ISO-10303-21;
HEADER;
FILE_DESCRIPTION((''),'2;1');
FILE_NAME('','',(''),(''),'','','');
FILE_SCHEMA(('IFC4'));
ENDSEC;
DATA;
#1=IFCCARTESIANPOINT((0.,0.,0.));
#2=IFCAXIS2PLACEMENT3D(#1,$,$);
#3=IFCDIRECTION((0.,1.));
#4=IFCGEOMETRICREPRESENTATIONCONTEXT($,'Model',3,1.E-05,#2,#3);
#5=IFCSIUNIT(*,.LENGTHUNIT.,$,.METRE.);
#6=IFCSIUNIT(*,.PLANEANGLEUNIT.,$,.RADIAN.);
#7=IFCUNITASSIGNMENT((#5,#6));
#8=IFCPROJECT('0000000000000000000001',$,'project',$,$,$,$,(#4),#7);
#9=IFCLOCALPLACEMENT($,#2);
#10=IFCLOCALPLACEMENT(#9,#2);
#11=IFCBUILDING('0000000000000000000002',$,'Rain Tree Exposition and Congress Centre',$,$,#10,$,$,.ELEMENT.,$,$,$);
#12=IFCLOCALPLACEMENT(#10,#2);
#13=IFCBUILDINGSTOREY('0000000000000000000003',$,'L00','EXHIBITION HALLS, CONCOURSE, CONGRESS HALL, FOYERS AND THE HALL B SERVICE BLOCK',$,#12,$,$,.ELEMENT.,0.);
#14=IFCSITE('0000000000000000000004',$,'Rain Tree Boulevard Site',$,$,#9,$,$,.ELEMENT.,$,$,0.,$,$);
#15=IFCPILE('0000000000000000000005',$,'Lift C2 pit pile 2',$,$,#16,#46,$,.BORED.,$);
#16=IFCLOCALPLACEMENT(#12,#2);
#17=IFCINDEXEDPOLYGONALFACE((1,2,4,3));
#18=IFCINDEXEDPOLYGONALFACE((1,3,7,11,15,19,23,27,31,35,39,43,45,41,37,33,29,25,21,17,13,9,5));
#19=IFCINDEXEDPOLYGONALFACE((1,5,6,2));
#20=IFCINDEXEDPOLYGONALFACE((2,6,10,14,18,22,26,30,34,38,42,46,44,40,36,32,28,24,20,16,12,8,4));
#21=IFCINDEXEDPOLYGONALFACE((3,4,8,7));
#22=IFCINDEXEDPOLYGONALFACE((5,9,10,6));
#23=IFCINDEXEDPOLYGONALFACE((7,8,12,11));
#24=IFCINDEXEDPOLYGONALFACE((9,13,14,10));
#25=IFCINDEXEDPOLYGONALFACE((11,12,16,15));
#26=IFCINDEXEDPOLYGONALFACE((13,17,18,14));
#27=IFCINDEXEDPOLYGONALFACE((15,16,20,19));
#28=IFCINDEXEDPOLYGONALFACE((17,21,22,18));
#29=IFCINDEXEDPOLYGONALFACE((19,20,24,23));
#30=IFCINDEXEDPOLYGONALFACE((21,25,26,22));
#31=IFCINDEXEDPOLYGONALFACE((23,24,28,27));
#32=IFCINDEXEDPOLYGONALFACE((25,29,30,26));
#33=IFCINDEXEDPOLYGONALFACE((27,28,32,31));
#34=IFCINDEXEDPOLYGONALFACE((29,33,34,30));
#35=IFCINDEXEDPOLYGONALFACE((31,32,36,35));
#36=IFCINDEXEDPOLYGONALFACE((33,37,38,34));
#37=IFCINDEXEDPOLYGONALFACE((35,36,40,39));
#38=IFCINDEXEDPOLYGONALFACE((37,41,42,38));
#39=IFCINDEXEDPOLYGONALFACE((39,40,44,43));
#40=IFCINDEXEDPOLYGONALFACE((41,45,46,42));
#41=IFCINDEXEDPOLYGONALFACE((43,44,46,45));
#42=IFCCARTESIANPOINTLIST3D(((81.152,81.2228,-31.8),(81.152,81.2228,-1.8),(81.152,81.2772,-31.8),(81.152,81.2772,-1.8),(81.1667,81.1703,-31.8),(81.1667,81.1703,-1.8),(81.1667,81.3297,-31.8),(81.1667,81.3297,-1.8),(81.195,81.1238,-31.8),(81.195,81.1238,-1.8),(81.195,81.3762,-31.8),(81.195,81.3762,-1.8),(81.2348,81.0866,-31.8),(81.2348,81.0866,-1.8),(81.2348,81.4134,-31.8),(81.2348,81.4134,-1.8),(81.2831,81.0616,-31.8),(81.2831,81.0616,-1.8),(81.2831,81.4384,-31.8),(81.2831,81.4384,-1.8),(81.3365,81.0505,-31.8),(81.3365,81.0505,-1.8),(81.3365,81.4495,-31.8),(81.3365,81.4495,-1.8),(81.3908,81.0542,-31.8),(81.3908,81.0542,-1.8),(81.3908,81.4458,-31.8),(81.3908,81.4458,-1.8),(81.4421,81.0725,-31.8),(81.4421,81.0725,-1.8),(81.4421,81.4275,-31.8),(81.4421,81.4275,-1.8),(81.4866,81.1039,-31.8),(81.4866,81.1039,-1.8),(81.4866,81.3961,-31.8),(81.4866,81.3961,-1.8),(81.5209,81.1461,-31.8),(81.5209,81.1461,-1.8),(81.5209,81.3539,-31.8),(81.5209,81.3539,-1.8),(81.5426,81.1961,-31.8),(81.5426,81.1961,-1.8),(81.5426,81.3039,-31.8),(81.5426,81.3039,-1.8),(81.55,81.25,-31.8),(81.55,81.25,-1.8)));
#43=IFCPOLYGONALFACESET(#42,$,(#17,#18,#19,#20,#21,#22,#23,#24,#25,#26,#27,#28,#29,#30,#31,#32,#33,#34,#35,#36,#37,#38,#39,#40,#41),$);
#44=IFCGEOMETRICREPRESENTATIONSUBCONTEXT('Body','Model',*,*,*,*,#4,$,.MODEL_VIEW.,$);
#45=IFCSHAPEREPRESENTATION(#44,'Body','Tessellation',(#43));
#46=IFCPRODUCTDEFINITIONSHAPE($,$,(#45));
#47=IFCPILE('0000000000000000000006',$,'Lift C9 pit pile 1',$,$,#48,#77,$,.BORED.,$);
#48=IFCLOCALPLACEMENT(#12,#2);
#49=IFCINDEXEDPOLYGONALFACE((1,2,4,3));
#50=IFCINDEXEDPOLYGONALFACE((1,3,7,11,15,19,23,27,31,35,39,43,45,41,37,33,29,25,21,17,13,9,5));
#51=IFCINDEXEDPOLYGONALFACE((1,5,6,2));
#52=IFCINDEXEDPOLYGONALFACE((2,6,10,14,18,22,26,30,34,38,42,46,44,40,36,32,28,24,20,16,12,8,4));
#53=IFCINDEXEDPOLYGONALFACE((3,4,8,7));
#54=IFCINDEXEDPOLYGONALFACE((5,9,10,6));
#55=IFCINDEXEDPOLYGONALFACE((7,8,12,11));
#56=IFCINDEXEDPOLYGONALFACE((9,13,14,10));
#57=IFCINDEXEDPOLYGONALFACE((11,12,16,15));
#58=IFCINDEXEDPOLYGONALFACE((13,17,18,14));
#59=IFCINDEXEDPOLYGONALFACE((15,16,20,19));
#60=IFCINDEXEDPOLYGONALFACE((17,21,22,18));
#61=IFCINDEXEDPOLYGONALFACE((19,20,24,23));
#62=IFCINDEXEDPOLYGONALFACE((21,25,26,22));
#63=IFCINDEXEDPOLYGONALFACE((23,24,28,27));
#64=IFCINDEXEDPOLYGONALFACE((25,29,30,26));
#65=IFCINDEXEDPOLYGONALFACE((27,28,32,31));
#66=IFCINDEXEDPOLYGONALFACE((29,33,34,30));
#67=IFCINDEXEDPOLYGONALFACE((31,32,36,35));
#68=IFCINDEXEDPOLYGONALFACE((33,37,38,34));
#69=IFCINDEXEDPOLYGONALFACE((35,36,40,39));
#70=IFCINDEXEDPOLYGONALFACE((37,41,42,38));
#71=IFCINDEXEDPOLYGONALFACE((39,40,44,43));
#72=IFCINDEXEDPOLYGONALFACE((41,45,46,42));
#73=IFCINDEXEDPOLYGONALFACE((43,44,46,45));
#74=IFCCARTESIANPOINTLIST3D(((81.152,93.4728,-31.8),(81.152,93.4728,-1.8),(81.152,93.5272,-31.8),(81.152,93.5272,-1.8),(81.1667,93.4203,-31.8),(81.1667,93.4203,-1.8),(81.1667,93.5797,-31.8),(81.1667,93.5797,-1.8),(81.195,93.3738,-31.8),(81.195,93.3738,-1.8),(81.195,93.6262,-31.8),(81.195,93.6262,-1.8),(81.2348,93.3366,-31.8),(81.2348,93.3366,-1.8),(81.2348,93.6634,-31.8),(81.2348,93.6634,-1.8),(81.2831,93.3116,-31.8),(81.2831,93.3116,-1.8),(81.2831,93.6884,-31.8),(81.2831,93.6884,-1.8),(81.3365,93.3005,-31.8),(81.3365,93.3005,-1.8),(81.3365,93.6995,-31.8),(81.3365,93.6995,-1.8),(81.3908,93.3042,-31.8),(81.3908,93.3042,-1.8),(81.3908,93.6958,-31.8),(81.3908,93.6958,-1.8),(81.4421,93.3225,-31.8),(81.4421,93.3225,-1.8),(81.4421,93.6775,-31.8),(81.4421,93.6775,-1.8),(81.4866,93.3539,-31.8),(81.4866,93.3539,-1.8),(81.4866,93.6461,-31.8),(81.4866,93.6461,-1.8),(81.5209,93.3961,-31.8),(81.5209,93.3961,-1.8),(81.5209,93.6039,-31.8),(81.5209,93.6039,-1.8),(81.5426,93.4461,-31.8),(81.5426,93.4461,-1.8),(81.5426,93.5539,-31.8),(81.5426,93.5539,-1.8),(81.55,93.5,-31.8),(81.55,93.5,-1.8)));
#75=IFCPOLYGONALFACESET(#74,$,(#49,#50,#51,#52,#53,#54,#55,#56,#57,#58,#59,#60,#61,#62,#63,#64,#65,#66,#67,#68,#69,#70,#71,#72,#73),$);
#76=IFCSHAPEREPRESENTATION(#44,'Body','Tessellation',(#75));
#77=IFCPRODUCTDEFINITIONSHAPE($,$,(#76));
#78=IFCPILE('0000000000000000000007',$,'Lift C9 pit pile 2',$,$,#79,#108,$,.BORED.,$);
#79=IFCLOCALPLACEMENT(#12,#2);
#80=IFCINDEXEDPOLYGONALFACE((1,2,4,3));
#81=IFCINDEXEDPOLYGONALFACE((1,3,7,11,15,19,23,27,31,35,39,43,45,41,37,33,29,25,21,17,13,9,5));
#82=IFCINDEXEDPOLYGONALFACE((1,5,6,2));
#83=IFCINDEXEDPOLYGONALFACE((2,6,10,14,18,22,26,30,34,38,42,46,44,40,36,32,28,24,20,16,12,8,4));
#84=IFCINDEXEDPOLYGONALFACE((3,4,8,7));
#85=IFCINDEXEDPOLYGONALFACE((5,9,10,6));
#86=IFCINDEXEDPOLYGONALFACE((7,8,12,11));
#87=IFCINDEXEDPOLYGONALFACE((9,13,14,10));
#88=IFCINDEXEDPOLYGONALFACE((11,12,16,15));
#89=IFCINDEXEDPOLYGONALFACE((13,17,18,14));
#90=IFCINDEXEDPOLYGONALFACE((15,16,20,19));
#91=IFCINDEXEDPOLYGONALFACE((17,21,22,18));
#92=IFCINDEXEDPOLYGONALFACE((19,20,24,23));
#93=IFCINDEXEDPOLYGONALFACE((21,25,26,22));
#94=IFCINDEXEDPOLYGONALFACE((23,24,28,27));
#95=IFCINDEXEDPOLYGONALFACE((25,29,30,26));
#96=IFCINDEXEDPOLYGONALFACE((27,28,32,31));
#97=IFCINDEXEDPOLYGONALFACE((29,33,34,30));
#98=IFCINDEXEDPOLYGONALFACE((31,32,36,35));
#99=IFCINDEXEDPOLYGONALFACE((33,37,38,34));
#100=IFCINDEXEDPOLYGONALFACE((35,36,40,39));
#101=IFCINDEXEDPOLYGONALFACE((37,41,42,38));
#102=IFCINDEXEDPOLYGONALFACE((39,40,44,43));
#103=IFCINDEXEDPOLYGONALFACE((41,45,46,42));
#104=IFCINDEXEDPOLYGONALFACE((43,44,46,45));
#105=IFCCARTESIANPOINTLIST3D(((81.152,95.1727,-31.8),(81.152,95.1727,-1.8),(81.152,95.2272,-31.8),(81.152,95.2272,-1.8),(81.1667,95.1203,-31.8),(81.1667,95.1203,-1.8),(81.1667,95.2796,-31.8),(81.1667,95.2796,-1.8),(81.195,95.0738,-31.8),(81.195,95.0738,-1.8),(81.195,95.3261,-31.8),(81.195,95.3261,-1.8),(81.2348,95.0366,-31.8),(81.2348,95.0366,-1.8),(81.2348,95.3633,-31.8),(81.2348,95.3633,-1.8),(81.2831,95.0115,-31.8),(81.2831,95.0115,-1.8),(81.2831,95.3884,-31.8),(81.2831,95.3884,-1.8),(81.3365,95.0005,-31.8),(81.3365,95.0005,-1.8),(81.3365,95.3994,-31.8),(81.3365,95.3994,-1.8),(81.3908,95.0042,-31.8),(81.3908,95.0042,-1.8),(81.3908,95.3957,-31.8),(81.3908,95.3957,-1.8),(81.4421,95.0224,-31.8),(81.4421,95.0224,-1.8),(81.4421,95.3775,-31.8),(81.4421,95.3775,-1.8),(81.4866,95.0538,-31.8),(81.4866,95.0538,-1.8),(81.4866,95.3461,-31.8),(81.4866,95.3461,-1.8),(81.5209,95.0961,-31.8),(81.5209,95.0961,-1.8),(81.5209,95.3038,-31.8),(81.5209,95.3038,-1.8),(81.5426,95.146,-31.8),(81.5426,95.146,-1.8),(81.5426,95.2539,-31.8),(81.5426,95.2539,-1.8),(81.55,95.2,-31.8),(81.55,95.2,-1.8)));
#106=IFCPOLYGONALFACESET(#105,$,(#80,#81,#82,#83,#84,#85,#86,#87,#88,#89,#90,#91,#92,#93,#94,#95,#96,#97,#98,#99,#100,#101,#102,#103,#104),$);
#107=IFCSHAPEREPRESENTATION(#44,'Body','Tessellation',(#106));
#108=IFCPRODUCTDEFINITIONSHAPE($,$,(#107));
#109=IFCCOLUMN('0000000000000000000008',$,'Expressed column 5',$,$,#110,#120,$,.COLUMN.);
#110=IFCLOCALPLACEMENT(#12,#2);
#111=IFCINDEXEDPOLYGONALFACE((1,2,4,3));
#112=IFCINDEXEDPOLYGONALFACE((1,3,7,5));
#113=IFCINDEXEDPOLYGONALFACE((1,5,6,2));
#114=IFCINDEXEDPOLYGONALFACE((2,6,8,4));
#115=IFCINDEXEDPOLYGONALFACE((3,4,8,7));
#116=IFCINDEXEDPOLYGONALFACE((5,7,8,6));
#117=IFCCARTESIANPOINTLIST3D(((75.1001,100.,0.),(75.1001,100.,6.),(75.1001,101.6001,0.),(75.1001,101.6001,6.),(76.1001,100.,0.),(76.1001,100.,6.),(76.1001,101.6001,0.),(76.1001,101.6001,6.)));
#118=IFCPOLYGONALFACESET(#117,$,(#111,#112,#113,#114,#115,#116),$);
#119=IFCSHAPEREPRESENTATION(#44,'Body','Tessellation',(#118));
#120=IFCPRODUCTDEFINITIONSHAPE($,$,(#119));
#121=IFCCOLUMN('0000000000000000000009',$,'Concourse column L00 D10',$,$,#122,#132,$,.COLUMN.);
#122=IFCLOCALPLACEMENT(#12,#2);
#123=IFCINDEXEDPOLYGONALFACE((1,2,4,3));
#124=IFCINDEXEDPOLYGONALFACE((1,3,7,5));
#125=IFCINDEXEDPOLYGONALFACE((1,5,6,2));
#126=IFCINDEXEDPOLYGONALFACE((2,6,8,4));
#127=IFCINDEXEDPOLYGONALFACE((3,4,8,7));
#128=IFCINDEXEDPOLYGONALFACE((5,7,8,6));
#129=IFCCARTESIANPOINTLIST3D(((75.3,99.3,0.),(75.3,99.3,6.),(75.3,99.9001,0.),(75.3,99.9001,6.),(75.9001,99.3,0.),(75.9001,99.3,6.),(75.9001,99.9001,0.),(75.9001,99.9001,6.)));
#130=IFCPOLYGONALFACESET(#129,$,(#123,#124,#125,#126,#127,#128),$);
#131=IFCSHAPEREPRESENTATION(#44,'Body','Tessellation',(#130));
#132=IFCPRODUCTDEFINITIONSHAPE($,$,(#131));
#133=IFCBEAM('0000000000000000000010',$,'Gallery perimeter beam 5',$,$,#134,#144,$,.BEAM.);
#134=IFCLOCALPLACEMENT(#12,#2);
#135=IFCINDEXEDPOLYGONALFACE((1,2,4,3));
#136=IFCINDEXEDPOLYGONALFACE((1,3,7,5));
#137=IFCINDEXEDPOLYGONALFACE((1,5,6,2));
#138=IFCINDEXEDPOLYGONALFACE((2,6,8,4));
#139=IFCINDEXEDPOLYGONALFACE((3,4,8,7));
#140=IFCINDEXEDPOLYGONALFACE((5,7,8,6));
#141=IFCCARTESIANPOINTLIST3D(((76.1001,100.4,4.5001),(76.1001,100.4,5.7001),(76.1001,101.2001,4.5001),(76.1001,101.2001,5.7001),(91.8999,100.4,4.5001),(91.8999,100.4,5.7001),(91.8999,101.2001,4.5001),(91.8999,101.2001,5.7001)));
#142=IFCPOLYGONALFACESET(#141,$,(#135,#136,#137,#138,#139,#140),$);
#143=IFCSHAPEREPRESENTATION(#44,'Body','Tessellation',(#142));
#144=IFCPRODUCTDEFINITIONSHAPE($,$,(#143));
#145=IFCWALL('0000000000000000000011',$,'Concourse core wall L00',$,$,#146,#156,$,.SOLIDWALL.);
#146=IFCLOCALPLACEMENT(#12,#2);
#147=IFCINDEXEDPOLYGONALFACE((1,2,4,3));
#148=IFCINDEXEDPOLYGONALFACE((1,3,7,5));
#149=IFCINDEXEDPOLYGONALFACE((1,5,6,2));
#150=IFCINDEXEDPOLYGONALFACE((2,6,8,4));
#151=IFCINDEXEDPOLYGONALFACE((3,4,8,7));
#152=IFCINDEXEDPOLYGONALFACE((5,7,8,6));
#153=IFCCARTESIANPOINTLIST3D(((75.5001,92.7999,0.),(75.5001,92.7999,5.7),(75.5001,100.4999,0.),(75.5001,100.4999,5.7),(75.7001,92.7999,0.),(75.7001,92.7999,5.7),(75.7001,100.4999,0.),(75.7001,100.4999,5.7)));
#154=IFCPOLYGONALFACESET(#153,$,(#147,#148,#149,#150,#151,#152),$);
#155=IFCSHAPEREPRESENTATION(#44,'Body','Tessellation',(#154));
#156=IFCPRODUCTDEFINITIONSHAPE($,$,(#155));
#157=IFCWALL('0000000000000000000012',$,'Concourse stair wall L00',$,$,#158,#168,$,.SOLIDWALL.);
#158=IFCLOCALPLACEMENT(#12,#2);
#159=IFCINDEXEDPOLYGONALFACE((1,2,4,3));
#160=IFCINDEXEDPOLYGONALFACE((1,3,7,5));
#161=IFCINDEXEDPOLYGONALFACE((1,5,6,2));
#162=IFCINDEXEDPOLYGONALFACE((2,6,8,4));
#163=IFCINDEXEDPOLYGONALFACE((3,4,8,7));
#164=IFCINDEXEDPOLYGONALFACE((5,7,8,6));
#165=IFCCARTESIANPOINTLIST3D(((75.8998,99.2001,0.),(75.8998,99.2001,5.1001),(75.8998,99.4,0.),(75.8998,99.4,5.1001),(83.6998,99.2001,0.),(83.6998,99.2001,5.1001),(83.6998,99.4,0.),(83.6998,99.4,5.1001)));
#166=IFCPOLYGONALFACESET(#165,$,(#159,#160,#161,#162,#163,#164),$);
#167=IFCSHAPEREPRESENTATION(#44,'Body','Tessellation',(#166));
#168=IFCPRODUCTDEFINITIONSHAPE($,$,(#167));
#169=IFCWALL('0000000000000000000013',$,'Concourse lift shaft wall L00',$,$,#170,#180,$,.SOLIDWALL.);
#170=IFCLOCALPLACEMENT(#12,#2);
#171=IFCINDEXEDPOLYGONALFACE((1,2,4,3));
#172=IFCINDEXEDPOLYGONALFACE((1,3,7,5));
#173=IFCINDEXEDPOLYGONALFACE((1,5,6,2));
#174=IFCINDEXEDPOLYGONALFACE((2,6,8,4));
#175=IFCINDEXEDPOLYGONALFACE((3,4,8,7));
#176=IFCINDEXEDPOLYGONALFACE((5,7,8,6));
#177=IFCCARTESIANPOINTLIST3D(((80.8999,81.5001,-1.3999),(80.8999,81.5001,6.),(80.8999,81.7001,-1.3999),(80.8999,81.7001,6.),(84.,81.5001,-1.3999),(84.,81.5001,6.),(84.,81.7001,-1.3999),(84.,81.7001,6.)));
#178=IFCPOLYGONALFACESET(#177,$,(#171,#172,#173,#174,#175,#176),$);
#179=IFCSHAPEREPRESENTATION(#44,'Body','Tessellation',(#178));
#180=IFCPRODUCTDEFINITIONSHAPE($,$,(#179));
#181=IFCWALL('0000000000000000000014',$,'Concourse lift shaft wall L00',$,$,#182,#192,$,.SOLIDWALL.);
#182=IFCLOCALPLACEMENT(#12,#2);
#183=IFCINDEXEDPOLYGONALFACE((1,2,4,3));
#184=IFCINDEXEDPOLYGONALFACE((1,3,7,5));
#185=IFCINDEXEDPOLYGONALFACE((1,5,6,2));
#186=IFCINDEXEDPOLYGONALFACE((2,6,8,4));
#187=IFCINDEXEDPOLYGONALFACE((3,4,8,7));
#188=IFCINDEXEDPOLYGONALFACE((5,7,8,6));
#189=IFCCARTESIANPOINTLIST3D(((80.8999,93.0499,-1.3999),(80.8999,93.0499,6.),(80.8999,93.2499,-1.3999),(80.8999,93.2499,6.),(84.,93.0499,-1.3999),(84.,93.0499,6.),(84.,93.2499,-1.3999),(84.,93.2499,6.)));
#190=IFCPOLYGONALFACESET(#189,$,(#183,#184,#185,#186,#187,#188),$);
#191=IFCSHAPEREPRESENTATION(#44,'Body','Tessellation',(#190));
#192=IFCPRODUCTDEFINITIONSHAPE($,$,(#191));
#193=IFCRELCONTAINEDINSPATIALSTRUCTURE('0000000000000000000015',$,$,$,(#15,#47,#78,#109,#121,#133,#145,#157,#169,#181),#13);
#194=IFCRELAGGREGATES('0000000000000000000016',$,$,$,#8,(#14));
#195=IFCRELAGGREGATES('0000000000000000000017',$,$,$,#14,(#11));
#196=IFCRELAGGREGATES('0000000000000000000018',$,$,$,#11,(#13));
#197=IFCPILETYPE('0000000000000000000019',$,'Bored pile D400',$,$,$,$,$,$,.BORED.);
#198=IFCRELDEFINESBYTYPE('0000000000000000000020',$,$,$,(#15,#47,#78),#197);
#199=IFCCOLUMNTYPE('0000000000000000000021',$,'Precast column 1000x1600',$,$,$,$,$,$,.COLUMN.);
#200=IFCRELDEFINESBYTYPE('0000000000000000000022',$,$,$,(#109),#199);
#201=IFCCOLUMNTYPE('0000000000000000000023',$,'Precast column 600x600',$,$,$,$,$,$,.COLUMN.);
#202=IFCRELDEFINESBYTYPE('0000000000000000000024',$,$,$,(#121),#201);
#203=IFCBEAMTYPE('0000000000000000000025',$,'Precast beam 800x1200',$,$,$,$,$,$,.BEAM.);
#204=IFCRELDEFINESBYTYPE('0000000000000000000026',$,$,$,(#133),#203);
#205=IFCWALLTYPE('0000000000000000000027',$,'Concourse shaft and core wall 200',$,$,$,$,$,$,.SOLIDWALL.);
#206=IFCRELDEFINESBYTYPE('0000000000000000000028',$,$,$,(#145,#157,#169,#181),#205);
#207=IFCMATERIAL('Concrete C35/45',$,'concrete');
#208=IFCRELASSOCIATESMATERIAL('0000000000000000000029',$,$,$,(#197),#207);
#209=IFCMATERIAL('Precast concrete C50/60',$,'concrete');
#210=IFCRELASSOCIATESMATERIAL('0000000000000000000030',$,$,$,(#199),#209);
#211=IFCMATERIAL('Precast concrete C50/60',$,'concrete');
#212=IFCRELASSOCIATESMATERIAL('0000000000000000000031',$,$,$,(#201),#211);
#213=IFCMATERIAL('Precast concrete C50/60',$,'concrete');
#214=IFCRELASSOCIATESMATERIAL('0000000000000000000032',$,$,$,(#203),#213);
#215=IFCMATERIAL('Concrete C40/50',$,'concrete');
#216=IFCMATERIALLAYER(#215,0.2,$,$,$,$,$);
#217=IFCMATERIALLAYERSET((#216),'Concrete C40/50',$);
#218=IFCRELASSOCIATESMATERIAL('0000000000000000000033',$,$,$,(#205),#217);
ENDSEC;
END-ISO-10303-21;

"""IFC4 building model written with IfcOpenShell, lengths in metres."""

from ifc_helpers import new_model, si_unit, direction, frame, frame_2d, origin, origin_2d, place, context, subcontext, project, spatial, rectangle, circle, extrude, material, layer, layer_set, material_profile, profile_set, type_object, element, save


model = new_model("IFC4")

# Units and contexts
model_context = context("Model", 3, precision=1e-05, world=origin(), true_north=direction((0.0, 1.0)))
body_context = subcontext(model_context, "Body", "Model", "MODEL_VIEW")
ifc_project = project(units=[si_unit("LENGTHUNIT", "METRE"), si_unit("PLANEANGLEUNIT", "RADIAN")], contexts=[model_context])

# Site, building, storey
site_placement = place(None, origin())
site = spatial("IfcSite", under=ifc_project, at=site_placement, Name="Rain Tree Boulevard Site", CompositionType="ELEMENT", RefElevation=0.0)
building_placement = place(site_placement, origin())
building = spatial("IfcBuilding", under=site, at=building_placement, Name="Rain Tree Exposition and Congress Centre", CompositionType="ELEMENT")
storey_placement = place(building_placement, origin())
storey = spatial("IfcBuildingStorey", under=building, at=storey_placement, Name="L00", Description="EXHIBITION HALLS, CONCOURSE, CONGRESS HALL, FOYERS AND THE HALL B SERVICE BLOCK", CompositionType="ELEMENT", Elevation=0.0)

# Piles
ifc_material_1 = material(Name="Concrete C35/45", Category="concrete")
ifc_material_profile_1 = material_profile(ifc_material_1, circle(Radius=0.2, at=origin_2d()), Name="D400")
ifc_profile_set_1 = profile_set([ifc_material_profile_1], Name="Concrete C35/45")
pile_type = type_object("IfcPileType", Name="Bored pile D400", PredefinedType="BORED", material=ifc_profile_set_1)
for number, where, z_axis, x_axis, name in (
    (1, (81.3501, 81.25, -1.8), (0.0, 0.0, -1.0), (1.0, 0.0, 0.0), "Lift C2 pit pile 2"),
    (2, (81.3501, 93.5, -1.8), (0.0, 0.0, -1.0), (1.0, 0.0, 0.0), "Lift C9 pit pile 1"),
    (3, (81.3501, 95.2, -1.8), (0.0, 0.0, -1.0), (1.0, 0.0, 0.0), "Lift C9 pit pile 2"),
):
    element("IfcPile", number, at=place(storey_placement, frame(where, z_axis=z_axis, x_axis=x_axis)), inside=storey, type_object=pile_type, Name=name, PredefinedType="BORED", context=body_context, shape_type="SweptSolid", body=[
        extrude(circle(Radius=0.2, at=origin_2d()), origin(), (0.0, 0.0, 1.0), 30.0),
    ])

# Columns
ifc_material_2 = material(Name="Precast concrete C50/60", Category="concrete")
ifc_material_profile_2 = material_profile(ifc_material_2, rectangle(XDim=1.0, YDim=1.6001, at=origin_2d()), Name="RC 1000x1600")
ifc_profile_set_2 = profile_set([ifc_material_profile_2], Name="Precast concrete C50/60")
column_type_1 = type_object("IfcColumnType", Name="Precast column 1000x1600", PredefinedType="COLUMN", material=ifc_profile_set_2)
column_1_placement = place(storey_placement, frame((75.6001, 100.8, 0.0), z_axis=(0.0, 0.0, 1.0), x_axis=(1.0, 0.0, 0.0)))
element("IfcColumn", 4, at=column_1_placement, inside=storey, type_object=column_type_1, Name="Expressed column 5", PredefinedType="COLUMN", context=body_context, shape_type="SweptSolid", body=[
    extrude(rectangle(XDim=1.0, YDim=1.6001, at=origin_2d()), origin(), (0.0, 0.0, 1.0), 6.0),
])
ifc_material_3 = material(Name="Precast concrete C50/60", Category="concrete")
ifc_material_profile_3 = material_profile(ifc_material_3, rectangle(XDim=0.6001, YDim=0.6001, at=origin_2d()), Name="RC 600x600")
ifc_profile_set_3 = profile_set([ifc_material_profile_3], Name="Precast concrete C50/60")
column_type_2 = type_object("IfcColumnType", Name="Precast column 600x600", PredefinedType="COLUMN", material=ifc_profile_set_3)
column_2_placement = place(storey_placement, frame((75.6001, 99.6001, 0.0), z_axis=(0.0, 0.0, 1.0), x_axis=(1.0, 0.0, 0.0)))
element("IfcColumn", 5, at=column_2_placement, inside=storey, type_object=column_type_2, Name="Concourse column L00 D10", PredefinedType="COLUMN", context=body_context, shape_type="SweptSolid", body=[
    extrude(rectangle(XDim=0.6001, YDim=0.6001, at=origin_2d()), origin(), (0.0, 0.0, 1.0), 6.0),
])

# Beam
ifc_material_4 = material(Name="Precast concrete C50/60", Category="concrete")
ifc_material_profile_4 = material_profile(ifc_material_4, rectangle(XDim=0.8, YDim=1.2, at=origin_2d()), Name="RC 800x1200")
ifc_profile_set_4 = profile_set([ifc_material_profile_4], Name="Precast concrete C50/60")
beam_type = type_object("IfcBeamType", Name="Precast beam 800x1200", PredefinedType="BEAM", material=ifc_profile_set_4)
beam_placement = place(storey_placement, frame((76.1001, 100.8, 5.1001), z_axis=(1.0, 0.0, 0.0), x_axis=(0.0, 1.0, 0.0)))
element("IfcBeam", 6, at=beam_placement, inside=storey, type_object=beam_type, Name="Gallery perimeter beam 5", PredefinedType="BEAM", context=body_context, shape_type="SweptSolid", body=[
    extrude(rectangle(XDim=0.8, YDim=1.2, at=origin_2d()), origin(), (0.0, 0.0, 1.0), 15.7998),
])

# Walls
ifc_material_5 = material(Name="Concrete C40/50", Category="concrete")
ifc_layer_1 = layer(ifc_material_5, 0.2)
ifc_layer_set_1 = layer_set([ifc_layer_1], Name="Concrete C40/50")
wall_type_1 = type_object("IfcWallType", Name="Concourse shaft and core wall 200", PredefinedType="SOLIDWALL", material=ifc_layer_set_1)
wall_1_placement = place(storey_placement, frame((75.6001, 100.5, 0.0), z_axis=(0.0, 0.0, 1.0), x_axis=(0.0, -1.0, 0.0)))
element("IfcWall", 7, at=wall_1_placement, inside=storey, type_object=wall_type_1, Name="Concourse core wall L00", PredefinedType="SOLIDWALL", context=body_context, shape_type="SweptSolid", body=[
    extrude(rectangle(XDim=7.7, YDim=0.2, at=frame_2d((3.8501, 0.0))), origin(), (0.0, 0.0, 1.0), 5.7),
])
wall_2_placement = place(storey_placement, frame((75.8999, 99.3, 0.0), z_axis=(0.0, 0.0, 1.0), x_axis=(1.0, 0.0, 0.0)))
element("IfcWall", 8, at=wall_2_placement, inside=storey, type_object=wall_type_1, Name="Concourse stair wall L00", PredefinedType="SOLIDWALL", context=body_context, shape_type="SweptSolid", body=[
    extrude(rectangle(XDim=7.8, YDim=0.2, at=frame_2d((3.8999, 0.0))), origin(), (0.0, 0.0, 1.0), 5.1001),
])
wall_3_placement = place(storey_placement, frame((80.8999, 81.6001, -1.3999), z_axis=(0.0, 0.0, 1.0), x_axis=(1.0, 0.0, 0.0)))
element("IfcWall", 9, at=wall_3_placement, inside=storey, type_object=wall_type_1, Name="Concourse lift shaft wall L00", PredefinedType="SOLIDWALL", context=body_context, shape_type="SweptSolid", body=[
    extrude(rectangle(XDim=3.1001, YDim=0.2, at=frame_2d((1.55, 0.0))), origin(), (0.0, 0.0, 1.0), 7.3999),
])

# Wall
wall_4_placement = place(storey_placement, frame((80.8999, 93.1499, -1.3999), z_axis=(0.0, 0.0, 1.0), x_axis=(1.0, 0.0, 0.0)))
element("IfcWall", 10, at=wall_4_placement, inside=storey, type_object=wall_type_1, Name="Concourse lift shaft wall L00", PredefinedType="SOLIDWALL", context=body_context, shape_type="SweptSolid", body=[
    extrude(rectangle(XDim=3.1001, YDim=0.2, at=frame_2d((1.55, 0.0))), origin(), (0.0, 0.0, 1.0), 7.3999),
])

save(model, "model.ifc")
